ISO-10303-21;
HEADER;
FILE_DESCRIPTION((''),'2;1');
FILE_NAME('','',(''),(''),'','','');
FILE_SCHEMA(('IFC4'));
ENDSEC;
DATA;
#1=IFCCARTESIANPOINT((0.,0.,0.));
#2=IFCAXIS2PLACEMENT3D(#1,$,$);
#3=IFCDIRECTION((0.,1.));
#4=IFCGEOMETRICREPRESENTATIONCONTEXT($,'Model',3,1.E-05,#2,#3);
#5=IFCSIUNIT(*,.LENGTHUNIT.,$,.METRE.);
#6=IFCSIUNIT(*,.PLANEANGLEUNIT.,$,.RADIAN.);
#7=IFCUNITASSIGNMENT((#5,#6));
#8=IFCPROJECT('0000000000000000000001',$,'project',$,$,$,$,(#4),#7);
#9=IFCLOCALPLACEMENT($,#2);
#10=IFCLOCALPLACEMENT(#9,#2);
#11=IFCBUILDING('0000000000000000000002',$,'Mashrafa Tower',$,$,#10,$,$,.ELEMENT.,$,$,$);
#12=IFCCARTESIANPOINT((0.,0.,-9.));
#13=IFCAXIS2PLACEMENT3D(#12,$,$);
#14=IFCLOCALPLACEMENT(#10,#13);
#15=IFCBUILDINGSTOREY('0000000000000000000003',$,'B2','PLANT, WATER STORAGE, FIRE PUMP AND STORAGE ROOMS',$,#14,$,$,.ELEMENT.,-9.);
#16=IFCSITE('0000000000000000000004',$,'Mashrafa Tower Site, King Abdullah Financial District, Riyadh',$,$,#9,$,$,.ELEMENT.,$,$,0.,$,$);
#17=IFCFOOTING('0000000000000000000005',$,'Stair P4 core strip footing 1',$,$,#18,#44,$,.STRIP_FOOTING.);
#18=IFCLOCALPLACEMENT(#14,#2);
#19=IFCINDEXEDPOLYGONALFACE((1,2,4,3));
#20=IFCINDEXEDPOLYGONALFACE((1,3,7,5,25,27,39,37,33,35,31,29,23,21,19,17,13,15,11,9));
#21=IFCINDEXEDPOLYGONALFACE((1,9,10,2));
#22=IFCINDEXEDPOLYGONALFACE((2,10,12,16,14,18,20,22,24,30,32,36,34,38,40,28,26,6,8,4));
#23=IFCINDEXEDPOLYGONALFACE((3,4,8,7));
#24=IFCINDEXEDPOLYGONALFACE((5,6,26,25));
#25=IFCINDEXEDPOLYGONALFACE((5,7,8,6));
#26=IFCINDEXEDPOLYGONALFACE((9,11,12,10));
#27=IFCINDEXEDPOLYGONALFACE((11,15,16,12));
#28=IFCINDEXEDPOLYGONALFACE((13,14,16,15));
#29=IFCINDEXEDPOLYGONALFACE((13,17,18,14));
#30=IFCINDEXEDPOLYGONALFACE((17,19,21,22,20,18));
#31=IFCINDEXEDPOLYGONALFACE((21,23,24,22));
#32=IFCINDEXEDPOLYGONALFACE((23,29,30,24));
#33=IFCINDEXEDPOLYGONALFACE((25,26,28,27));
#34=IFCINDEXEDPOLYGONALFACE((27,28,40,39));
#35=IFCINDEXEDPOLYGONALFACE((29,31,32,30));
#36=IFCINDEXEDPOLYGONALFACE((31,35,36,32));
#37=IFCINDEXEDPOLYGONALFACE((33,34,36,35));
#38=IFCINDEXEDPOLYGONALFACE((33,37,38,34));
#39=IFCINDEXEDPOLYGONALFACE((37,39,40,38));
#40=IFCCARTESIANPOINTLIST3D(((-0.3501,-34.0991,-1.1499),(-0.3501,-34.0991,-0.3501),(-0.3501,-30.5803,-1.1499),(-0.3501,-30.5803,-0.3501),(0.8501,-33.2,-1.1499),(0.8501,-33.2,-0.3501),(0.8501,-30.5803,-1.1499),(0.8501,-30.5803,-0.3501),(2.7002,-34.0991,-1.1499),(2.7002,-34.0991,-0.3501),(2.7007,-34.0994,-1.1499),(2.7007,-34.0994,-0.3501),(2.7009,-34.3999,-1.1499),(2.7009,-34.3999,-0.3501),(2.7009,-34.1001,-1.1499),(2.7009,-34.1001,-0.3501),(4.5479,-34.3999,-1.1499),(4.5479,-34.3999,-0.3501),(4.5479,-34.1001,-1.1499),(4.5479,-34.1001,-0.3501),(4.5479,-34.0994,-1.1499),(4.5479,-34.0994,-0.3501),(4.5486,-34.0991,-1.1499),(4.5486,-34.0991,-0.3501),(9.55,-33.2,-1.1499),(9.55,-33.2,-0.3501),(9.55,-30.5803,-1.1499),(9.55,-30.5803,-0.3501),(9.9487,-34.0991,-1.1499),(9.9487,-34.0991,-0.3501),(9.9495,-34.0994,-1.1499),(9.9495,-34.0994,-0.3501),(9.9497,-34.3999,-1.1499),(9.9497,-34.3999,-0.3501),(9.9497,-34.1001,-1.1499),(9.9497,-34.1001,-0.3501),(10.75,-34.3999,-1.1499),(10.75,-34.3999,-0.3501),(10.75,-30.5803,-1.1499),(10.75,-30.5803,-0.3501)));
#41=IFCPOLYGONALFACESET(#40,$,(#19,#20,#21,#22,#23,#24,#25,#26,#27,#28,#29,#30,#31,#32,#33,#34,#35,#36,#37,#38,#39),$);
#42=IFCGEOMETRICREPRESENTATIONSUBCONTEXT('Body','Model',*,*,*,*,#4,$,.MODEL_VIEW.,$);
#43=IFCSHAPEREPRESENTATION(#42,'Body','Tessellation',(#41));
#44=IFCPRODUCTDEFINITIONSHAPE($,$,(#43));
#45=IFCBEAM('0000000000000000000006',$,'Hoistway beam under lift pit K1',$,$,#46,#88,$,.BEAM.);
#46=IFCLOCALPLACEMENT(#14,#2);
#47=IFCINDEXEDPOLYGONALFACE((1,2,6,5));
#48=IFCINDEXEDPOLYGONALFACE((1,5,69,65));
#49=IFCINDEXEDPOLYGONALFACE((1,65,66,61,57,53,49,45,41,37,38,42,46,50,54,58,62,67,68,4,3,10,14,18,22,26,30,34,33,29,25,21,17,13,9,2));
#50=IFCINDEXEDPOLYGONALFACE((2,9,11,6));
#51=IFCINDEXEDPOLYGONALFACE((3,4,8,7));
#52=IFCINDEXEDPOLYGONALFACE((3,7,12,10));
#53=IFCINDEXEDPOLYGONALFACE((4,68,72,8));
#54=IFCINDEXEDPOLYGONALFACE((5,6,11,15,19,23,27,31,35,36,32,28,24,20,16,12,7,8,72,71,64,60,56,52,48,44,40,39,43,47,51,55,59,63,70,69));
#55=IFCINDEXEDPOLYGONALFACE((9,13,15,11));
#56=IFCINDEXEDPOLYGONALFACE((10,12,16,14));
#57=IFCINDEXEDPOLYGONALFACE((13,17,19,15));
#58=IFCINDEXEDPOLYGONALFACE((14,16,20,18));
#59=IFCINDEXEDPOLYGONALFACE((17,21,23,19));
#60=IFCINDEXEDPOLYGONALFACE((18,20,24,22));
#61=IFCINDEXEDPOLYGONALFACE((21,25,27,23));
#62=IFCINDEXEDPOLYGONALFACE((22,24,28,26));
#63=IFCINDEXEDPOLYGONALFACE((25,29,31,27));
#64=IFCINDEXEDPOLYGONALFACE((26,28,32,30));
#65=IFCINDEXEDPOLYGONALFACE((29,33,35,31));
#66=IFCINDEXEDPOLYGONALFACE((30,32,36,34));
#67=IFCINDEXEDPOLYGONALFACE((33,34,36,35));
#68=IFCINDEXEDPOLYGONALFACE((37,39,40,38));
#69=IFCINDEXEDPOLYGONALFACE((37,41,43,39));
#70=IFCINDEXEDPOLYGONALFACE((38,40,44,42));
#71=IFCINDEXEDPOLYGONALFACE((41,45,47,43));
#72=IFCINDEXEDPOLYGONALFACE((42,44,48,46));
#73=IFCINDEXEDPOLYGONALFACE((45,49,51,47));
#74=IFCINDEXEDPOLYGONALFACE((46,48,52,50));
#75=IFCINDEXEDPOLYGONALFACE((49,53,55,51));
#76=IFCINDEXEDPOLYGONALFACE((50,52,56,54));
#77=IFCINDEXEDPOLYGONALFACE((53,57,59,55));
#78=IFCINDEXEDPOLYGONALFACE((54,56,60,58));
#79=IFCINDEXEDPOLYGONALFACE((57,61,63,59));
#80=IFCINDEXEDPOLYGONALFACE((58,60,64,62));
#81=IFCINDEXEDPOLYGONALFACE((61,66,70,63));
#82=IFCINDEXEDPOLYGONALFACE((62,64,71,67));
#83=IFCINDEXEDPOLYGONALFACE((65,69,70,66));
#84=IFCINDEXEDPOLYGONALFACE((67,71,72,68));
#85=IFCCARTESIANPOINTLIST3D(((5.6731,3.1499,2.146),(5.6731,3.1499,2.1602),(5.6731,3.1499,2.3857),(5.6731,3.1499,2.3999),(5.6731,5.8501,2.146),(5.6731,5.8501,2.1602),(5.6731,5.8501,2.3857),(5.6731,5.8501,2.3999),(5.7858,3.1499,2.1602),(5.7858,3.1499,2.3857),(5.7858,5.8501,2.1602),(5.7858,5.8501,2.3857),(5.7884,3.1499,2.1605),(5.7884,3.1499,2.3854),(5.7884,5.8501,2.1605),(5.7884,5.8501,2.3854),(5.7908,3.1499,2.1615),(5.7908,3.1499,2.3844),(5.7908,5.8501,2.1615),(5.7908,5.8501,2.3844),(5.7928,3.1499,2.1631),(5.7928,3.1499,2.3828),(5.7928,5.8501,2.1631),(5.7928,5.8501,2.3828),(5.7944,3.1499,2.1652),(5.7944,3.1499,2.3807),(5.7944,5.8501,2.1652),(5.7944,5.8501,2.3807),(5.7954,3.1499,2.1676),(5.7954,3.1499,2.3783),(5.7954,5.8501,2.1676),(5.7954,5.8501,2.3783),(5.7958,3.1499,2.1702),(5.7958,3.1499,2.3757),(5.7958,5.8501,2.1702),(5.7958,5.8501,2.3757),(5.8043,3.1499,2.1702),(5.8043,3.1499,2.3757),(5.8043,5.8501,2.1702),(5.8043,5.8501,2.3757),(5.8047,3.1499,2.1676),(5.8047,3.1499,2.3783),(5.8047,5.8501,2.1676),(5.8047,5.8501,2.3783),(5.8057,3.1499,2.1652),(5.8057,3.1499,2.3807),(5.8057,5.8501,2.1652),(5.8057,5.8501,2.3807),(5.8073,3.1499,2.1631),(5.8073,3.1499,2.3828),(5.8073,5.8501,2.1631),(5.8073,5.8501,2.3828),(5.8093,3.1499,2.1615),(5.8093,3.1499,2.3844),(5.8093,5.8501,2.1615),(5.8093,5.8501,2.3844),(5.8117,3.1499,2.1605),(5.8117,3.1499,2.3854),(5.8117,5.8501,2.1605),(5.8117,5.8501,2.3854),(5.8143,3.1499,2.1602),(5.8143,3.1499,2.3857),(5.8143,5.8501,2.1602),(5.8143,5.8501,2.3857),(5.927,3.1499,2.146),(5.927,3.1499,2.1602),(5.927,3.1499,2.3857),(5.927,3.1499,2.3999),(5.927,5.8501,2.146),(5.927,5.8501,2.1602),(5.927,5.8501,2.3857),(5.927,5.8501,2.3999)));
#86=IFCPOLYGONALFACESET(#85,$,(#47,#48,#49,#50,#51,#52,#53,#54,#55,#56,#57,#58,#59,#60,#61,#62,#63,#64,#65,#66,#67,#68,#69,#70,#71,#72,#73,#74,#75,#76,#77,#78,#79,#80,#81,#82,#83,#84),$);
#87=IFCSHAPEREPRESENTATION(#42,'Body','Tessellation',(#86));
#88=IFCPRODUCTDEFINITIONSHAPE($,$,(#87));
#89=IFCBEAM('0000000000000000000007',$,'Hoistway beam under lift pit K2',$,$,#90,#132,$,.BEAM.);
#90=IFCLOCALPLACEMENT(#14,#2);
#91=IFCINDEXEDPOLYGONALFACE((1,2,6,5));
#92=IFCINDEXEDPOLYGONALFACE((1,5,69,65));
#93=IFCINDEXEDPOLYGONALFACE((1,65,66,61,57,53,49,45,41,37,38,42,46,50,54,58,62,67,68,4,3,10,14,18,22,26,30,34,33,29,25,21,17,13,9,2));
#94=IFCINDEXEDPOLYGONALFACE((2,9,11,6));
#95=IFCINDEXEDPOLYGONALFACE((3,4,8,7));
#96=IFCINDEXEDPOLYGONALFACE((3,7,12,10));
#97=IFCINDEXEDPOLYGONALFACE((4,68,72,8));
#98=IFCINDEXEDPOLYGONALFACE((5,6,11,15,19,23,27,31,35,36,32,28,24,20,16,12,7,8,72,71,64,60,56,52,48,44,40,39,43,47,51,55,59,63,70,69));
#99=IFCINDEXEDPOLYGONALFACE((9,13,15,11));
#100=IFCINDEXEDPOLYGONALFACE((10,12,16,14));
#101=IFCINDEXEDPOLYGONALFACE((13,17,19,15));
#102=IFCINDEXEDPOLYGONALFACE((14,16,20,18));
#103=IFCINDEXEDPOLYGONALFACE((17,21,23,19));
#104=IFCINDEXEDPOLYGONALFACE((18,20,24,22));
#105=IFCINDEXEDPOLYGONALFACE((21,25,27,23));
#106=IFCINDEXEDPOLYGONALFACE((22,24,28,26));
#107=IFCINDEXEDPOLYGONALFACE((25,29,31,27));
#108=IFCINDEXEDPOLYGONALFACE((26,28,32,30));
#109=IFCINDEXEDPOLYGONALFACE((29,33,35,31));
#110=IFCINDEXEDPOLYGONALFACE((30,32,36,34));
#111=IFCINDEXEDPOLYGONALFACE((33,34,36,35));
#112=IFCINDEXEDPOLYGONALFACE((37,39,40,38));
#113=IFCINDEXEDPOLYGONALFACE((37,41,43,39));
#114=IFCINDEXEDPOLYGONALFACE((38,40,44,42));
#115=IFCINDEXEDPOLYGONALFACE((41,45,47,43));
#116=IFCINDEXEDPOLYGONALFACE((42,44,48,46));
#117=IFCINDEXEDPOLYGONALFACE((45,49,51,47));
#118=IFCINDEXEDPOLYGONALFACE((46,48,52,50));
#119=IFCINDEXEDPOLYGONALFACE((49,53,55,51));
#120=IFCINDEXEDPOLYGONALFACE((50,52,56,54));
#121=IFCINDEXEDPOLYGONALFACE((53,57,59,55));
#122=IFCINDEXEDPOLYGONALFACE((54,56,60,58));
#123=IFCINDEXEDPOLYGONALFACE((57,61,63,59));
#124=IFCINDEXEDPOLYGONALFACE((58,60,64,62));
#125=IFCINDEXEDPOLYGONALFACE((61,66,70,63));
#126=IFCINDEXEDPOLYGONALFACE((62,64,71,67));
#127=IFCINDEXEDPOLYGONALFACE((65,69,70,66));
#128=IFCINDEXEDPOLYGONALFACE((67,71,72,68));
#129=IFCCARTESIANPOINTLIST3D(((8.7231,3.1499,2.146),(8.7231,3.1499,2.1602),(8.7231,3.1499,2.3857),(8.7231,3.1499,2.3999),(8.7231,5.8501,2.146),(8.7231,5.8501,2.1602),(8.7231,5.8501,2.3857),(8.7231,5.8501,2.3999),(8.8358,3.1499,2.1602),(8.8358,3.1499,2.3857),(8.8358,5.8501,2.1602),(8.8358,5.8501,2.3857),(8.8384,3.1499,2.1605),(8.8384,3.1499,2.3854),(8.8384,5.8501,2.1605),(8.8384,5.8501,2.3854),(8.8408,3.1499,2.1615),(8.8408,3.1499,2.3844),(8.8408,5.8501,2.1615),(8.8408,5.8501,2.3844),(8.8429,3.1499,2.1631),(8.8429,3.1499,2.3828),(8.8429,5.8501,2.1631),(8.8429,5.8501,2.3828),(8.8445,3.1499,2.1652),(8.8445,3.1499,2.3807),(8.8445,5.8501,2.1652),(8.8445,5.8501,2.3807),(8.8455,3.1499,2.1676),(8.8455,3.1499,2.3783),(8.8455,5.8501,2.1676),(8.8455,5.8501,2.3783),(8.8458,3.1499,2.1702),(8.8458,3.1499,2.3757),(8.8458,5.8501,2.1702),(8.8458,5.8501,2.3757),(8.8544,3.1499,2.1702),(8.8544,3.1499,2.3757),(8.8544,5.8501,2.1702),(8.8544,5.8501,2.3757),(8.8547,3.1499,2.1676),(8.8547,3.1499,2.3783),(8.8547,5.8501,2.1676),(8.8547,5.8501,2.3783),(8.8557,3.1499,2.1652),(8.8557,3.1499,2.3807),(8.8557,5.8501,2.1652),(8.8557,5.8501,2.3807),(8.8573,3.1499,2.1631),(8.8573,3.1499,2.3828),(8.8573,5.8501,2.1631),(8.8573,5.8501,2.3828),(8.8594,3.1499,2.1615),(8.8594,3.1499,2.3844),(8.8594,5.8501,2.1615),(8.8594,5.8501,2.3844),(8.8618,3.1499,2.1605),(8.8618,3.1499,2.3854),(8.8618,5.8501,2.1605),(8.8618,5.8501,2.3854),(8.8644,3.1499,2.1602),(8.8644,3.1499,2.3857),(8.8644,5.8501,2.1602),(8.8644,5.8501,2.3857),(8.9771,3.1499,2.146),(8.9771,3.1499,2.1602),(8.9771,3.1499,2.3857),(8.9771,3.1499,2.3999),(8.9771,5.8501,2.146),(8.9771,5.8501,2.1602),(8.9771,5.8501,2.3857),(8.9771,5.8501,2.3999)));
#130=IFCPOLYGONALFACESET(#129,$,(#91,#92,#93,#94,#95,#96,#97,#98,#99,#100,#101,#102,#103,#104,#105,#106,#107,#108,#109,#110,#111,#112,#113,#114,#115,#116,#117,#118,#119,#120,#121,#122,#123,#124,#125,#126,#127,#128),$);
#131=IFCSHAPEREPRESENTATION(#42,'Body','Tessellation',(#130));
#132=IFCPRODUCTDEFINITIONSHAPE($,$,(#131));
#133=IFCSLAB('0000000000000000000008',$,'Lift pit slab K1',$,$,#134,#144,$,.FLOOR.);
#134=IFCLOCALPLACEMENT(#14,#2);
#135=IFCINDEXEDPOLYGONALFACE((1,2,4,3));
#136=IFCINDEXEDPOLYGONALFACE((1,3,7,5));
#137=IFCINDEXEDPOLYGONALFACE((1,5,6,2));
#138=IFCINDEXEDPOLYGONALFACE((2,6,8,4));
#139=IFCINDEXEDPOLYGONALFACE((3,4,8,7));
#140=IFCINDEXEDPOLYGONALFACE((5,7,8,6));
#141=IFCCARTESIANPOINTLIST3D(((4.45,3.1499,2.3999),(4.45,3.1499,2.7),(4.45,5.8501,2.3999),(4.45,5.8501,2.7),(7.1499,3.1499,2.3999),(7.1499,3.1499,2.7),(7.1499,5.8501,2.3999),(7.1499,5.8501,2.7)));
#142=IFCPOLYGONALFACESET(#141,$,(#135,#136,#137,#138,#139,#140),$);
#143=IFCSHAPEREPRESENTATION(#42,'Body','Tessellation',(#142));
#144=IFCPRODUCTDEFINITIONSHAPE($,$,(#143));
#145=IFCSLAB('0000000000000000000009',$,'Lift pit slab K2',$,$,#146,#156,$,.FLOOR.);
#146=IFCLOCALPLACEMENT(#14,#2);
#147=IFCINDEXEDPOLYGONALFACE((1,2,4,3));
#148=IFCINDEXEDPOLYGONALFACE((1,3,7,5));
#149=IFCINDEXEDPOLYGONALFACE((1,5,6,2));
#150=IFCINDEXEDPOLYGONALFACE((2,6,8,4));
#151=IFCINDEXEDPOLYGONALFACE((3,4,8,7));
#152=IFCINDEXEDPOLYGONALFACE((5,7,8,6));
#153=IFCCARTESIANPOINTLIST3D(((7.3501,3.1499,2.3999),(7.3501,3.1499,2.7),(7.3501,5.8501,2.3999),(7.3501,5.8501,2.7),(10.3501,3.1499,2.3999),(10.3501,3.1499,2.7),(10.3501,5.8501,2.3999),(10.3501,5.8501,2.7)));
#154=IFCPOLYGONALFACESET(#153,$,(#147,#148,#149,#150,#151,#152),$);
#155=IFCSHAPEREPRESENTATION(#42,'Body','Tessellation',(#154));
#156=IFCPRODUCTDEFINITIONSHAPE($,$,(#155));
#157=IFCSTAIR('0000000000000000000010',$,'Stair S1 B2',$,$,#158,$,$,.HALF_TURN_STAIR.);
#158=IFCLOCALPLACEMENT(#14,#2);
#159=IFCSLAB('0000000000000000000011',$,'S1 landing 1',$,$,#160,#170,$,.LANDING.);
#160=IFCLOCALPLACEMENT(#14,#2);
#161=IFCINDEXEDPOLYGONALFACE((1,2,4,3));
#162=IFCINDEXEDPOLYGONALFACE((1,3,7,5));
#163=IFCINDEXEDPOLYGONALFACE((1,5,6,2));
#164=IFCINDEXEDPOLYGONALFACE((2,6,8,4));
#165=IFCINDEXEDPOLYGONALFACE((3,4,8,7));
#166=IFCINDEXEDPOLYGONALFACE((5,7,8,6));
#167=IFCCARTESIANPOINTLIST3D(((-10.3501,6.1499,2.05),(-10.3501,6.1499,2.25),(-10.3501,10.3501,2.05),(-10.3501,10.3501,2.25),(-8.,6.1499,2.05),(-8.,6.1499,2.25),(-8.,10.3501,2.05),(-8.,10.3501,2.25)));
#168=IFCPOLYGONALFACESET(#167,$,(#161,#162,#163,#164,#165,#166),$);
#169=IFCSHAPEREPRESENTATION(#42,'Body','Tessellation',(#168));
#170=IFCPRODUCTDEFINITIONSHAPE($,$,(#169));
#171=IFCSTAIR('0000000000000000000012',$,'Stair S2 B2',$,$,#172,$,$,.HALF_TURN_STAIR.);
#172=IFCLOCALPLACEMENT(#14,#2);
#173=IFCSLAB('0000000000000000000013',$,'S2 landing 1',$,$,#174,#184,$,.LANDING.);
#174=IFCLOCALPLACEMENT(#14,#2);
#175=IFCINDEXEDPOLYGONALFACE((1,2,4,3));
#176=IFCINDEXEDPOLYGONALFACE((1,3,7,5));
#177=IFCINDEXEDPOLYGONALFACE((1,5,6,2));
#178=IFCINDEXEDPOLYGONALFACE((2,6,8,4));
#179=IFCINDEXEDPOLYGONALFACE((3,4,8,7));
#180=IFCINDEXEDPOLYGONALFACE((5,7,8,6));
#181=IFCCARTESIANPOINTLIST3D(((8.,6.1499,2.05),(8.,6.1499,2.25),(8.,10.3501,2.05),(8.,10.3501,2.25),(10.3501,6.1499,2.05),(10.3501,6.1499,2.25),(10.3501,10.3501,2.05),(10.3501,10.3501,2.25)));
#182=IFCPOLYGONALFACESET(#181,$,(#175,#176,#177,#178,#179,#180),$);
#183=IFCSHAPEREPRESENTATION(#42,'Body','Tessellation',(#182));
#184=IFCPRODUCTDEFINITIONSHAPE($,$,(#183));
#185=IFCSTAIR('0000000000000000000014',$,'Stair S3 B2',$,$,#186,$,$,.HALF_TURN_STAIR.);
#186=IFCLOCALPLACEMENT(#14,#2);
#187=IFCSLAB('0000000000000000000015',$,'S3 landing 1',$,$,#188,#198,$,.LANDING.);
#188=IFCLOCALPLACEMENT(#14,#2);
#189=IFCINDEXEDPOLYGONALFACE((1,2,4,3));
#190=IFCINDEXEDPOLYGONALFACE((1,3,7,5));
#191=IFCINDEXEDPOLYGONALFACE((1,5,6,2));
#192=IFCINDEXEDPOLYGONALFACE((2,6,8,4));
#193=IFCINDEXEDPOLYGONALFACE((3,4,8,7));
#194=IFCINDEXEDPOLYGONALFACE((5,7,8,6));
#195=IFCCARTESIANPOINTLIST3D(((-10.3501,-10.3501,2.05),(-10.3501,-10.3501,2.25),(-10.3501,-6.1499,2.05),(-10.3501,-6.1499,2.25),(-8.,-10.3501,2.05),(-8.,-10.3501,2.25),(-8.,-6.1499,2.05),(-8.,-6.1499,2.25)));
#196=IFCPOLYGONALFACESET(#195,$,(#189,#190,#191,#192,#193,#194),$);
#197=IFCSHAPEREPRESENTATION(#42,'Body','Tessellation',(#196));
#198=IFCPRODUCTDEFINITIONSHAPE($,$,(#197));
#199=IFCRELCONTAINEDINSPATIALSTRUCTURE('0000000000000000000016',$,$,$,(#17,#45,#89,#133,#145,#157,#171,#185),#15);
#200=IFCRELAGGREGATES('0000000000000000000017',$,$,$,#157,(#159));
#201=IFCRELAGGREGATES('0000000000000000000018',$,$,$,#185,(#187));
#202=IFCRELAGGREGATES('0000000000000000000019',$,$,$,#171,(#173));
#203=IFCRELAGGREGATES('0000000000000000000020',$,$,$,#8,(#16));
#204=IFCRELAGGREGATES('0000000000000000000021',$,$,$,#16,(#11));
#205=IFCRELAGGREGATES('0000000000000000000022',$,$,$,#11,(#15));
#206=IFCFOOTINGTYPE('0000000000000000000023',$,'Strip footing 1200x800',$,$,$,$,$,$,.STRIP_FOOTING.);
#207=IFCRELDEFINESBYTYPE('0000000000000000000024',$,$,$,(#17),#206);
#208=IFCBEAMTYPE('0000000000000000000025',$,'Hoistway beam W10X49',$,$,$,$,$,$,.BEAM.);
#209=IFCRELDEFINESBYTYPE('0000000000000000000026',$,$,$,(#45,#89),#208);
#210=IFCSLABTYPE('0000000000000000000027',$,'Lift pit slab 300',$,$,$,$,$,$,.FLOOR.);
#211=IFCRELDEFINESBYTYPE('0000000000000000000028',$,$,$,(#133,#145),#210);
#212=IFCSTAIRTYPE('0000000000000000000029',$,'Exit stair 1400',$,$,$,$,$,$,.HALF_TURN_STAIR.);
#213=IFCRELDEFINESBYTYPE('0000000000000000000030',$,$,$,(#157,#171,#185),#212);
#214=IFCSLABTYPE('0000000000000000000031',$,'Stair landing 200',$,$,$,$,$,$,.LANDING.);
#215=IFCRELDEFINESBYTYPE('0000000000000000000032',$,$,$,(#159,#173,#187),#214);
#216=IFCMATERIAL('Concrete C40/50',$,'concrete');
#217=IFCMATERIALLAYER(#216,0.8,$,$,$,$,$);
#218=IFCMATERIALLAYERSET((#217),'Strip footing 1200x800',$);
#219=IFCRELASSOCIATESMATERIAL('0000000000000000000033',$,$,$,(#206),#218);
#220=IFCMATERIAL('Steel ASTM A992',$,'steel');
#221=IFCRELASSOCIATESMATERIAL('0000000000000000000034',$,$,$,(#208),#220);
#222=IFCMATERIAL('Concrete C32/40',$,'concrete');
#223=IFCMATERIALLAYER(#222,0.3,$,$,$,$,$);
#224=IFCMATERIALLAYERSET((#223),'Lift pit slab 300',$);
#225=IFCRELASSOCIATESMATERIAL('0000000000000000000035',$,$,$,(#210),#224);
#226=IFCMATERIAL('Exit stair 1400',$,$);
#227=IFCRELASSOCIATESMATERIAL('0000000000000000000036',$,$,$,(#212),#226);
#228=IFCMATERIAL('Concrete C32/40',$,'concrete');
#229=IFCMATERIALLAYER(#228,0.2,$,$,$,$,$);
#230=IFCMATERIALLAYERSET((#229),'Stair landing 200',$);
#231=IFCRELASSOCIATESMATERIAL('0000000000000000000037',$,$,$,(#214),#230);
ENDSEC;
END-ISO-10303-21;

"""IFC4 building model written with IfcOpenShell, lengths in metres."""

from ifc_helpers import new_model, si_unit, direction, frame, origin, origin_2d, place, context, subcontext, project, spatial, polyline, i_section, outline, extrude, material, layer, layer_set, material_profile, profile_set, type_object, element, aggregate, save


model = new_model("IFC4")

# Units and contexts
model_context = context("Model", 3, precision=1e-05, world=origin(), true_north=direction((0.0, 1.0)))
body_context = subcontext(model_context, "Body", "Model", "MODEL_VIEW")
ifc_project = project(units=[si_unit("LENGTHUNIT", "METRE"), si_unit("PLANEANGLEUNIT", "RADIAN")], contexts=[model_context])

# Site, building, storey
site_placement = place(None, origin())
site = spatial("IfcSite", under=ifc_project, at=site_placement, Name="Mashrafa Tower Site, King Abdullah Financial District, Riyadh", CompositionType="ELEMENT", RefElevation=0.0)
building_placement = place(site_placement, origin())
building = spatial("IfcBuilding", under=site, at=building_placement, Name="Mashrafa Tower", CompositionType="ELEMENT")
storey_placement = place(building_placement, frame((0.0, 0.0, -9.0)))
storey = spatial("IfcBuildingStorey", under=building, at=storey_placement, Name="B2", Description="PLANT, WATER STORAGE, FIRE PUMP AND STORAGE ROOMS", CompositionType="ELEMENT", Elevation=-9.0)

# Footing
ifc_material_1 = material(Name="Concrete C40/50", Category="concrete")
ifc_layer_1 = layer(ifc_material_1, 0.8)
ifc_layer_set_1 = layer_set([ifc_layer_1], Name="Strip footing 1200x800")
footing_type = type_object("IfcFootingType", Name="Strip footing 1200x800", PredefinedType="STRIP_FOOTING", material=ifc_layer_set_1)
footing_1_placement = place(storey_placement, frame((0.0, 0.0, -1.1499)))
element("IfcFooting", 1, at=footing_1_placement, inside=storey, type_object=footing_type, Name="Stair P4 core strip footing 1", PredefinedType="STRIP_FOOTING", context=body_context, shape_type="SweptSolid", body=[
    extrude(outline(polyline([(-0.3501, -30.5803), (0.8501, -30.5803), (0.8501, -33.2), (9.55, -33.2), (9.55, -30.5803), (10.75, -30.5803), (10.75, -34.3999), (9.9497, -34.3999), (9.9497, -34.1001), (9.9495, -34.0994), (9.9487, -34.0991), (4.5486, -34.0991), (4.5479, -34.0994), (4.5479, -34.1001), (4.5479, -34.3999), (2.7009, -34.3999), (2.7009, -34.1001), (2.7007, -34.0994), (2.7002, -34.0991), (-0.3501, -34.0991), (-0.3501, -30.5803)])), origin(), (0.0, 0.0, 1.0), 0.7998),
])

# Beams
ifc_material_2 = material(Name="Steel ASTM A992", Category="steel")
ifc_material_profile_1 = material_profile(ifc_material_2, i_section(OverallWidth=0.2539, OverallDepth=0.2539, WebThickness=0.0085, FlangeThickness=0.0142, FilletRadius=0.01, at=origin_2d()), Name="W10X49")
ifc_profile_set_1 = profile_set([ifc_material_profile_1], Name="Steel ASTM A992")
beam_type = type_object("IfcBeamType", Name="Hoistway beam W10X49", PredefinedType="BEAM", material=ifc_profile_set_1)
for number, where, z_axis, x_axis, name in (
    (2, (5.8, 3.1499, 2.2729), (0.0, 1.0, 0.0), (-1.0, 0.0, 0.0), "Hoistway beam under lift pit K1"),
    (3, (8.8501, 3.1499, 2.2729), (0.0, 1.0, 0.0), (-1.0, 0.0, 0.0), "Hoistway beam under lift pit K2"),
):
    element("IfcBeam", number, at=place(storey_placement, frame(where, z_axis=z_axis, x_axis=x_axis)), inside=storey, type_object=beam_type, Name=name, PredefinedType="BEAM", context=body_context, shape_type="SweptSolid", body=[
        extrude(i_section(OverallWidth=0.2539, OverallDepth=0.2539, WebThickness=0.0085, FlangeThickness=0.0142, FilletRadius=0.01, at=origin_2d()), origin(), (0.0, 0.0, 1.0), 2.7002),
    ])

# Slabs
ifc_material_3 = material(Name="Concrete C32/40", Category="concrete")
ifc_layer_2 = layer(ifc_material_3, 0.3)
ifc_layer_set_2 = layer_set([ifc_layer_2], Name="Lift pit slab 300")
slab_type_1 = type_object("IfcSlabType", Name="Lift pit slab 300", PredefinedType="FLOOR", material=ifc_layer_set_2)
slab_1_placement = place(storey_placement, frame((0.0, 0.0, 2.3999)))
element("IfcSlab", 4, at=slab_1_placement, inside=storey, type_object=slab_type_1, Name="Lift pit slab K1", PredefinedType="FLOOR", context=body_context, shape_type="SweptSolid", body=[
    extrude(outline(polyline([(4.45, 3.1499), (7.1499, 3.1499), (7.1499, 5.8501), (4.45, 5.8501), (4.45, 3.1499)])), origin(), (0.0, 0.0, 1.0), 0.3),
])
slab_2_placement = place(storey_placement, frame((0.0, 0.0, 2.3999)))
element("IfcSlab", 5, at=slab_2_placement, inside=storey, type_object=slab_type_1, Name="Lift pit slab K2", PredefinedType="FLOOR", context=body_context, shape_type="SweptSolid", body=[
    extrude(outline(polyline([(7.3501, 3.1499), (10.3501, 3.1499), (10.3501, 5.8501), (7.3501, 5.8501), (7.3501, 3.1499)])), origin(), (0.0, 0.0, 1.0), 0.3),
])

# Stairs, slabs
ifc_material_4 = material(Name="Exit stair 1400")
stair_type_1 = type_object("IfcStairType", Name="Exit stair 1400", PredefinedType="HALF_TURN_STAIR", material=ifc_material_4)
stair_1_placement = place(storey_placement, origin())
stair_1 = element("IfcStair", 6, at=stair_1_placement, inside=storey, type_object=stair_type_1, Name="Stair S1 B2", PredefinedType="HALF_TURN_STAIR")
ifc_material_5 = material(Name="Concrete C32/40", Category="concrete")
ifc_layer_3 = layer(ifc_material_5, 0.2)
ifc_layer_set_3 = layer_set([ifc_layer_3], Name="Stair landing 200")
slab_type_2 = type_object("IfcSlabType", Name="Stair landing 200", PredefinedType="LANDING", material=ifc_layer_set_3)
slab_3_placement = place(storey_placement, frame((0.0, 0.0, 2.05)))
slab_3 = element("IfcSlab", 7, at=slab_3_placement, type_object=slab_type_2, Name="S1 landing 1", PredefinedType="LANDING", context=body_context, shape_type="SweptSolid", body=[
    extrude(outline(polyline([(-10.3501, 6.1499), (-8.0, 6.1499), (-8.0, 10.3501), (-10.3501, 10.3501), (-10.3501, 6.1499)])), origin(), (0.0, 0.0, 1.0), 0.2),
])
aggregate(stair_1, [slab_3])
stair_2_placement = place(storey_placement, origin())
stair_2 = element("IfcStair", 8, at=stair_2_placement, inside=storey, type_object=stair_type_1, Name="Stair S2 B2", PredefinedType="HALF_TURN_STAIR")
slab_4_placement = place(storey_placement, frame((0.0, 0.0, 2.05)))
slab_4 = element("IfcSlab", 9, at=slab_4_placement, type_object=slab_type_2, Name="S2 landing 1", PredefinedType="LANDING", context=body_context, shape_type="SweptSolid", body=[
    extrude(outline(polyline([(8.0, 6.1499), (10.3501, 6.1499), (10.3501, 10.3501), (8.0, 10.3501), (8.0, 6.1499)])), origin(), (0.0, 0.0, 1.0), 0.2),
])
stair_3_placement = place(storey_placement, origin())
stair_3 = element("IfcStair", 10, at=stair_3_placement, inside=storey, type_object=stair_type_1, Name="Stair S3 B2", PredefinedType="HALF_TURN_STAIR")
slab_5_placement = place(storey_placement, frame((0.0, 0.0, 2.05)))
slab_5 = element("IfcSlab", 11, at=slab_5_placement, type_object=slab_type_2, Name="S3 landing 1", PredefinedType="LANDING", context=body_context, shape_type="SweptSolid", body=[
    extrude(outline(polyline([(-10.3501, -10.3501), (-8.0, -10.3501), (-8.0, -6.1499), (-10.3501, -6.1499), (-10.3501, -10.3501)])), origin(), (0.0, 0.0, 1.0), 0.2),
])
aggregate(stair_3, [slab_5])

aggregate(stair_2, [slab_4])

save(model, "model.ifc")
